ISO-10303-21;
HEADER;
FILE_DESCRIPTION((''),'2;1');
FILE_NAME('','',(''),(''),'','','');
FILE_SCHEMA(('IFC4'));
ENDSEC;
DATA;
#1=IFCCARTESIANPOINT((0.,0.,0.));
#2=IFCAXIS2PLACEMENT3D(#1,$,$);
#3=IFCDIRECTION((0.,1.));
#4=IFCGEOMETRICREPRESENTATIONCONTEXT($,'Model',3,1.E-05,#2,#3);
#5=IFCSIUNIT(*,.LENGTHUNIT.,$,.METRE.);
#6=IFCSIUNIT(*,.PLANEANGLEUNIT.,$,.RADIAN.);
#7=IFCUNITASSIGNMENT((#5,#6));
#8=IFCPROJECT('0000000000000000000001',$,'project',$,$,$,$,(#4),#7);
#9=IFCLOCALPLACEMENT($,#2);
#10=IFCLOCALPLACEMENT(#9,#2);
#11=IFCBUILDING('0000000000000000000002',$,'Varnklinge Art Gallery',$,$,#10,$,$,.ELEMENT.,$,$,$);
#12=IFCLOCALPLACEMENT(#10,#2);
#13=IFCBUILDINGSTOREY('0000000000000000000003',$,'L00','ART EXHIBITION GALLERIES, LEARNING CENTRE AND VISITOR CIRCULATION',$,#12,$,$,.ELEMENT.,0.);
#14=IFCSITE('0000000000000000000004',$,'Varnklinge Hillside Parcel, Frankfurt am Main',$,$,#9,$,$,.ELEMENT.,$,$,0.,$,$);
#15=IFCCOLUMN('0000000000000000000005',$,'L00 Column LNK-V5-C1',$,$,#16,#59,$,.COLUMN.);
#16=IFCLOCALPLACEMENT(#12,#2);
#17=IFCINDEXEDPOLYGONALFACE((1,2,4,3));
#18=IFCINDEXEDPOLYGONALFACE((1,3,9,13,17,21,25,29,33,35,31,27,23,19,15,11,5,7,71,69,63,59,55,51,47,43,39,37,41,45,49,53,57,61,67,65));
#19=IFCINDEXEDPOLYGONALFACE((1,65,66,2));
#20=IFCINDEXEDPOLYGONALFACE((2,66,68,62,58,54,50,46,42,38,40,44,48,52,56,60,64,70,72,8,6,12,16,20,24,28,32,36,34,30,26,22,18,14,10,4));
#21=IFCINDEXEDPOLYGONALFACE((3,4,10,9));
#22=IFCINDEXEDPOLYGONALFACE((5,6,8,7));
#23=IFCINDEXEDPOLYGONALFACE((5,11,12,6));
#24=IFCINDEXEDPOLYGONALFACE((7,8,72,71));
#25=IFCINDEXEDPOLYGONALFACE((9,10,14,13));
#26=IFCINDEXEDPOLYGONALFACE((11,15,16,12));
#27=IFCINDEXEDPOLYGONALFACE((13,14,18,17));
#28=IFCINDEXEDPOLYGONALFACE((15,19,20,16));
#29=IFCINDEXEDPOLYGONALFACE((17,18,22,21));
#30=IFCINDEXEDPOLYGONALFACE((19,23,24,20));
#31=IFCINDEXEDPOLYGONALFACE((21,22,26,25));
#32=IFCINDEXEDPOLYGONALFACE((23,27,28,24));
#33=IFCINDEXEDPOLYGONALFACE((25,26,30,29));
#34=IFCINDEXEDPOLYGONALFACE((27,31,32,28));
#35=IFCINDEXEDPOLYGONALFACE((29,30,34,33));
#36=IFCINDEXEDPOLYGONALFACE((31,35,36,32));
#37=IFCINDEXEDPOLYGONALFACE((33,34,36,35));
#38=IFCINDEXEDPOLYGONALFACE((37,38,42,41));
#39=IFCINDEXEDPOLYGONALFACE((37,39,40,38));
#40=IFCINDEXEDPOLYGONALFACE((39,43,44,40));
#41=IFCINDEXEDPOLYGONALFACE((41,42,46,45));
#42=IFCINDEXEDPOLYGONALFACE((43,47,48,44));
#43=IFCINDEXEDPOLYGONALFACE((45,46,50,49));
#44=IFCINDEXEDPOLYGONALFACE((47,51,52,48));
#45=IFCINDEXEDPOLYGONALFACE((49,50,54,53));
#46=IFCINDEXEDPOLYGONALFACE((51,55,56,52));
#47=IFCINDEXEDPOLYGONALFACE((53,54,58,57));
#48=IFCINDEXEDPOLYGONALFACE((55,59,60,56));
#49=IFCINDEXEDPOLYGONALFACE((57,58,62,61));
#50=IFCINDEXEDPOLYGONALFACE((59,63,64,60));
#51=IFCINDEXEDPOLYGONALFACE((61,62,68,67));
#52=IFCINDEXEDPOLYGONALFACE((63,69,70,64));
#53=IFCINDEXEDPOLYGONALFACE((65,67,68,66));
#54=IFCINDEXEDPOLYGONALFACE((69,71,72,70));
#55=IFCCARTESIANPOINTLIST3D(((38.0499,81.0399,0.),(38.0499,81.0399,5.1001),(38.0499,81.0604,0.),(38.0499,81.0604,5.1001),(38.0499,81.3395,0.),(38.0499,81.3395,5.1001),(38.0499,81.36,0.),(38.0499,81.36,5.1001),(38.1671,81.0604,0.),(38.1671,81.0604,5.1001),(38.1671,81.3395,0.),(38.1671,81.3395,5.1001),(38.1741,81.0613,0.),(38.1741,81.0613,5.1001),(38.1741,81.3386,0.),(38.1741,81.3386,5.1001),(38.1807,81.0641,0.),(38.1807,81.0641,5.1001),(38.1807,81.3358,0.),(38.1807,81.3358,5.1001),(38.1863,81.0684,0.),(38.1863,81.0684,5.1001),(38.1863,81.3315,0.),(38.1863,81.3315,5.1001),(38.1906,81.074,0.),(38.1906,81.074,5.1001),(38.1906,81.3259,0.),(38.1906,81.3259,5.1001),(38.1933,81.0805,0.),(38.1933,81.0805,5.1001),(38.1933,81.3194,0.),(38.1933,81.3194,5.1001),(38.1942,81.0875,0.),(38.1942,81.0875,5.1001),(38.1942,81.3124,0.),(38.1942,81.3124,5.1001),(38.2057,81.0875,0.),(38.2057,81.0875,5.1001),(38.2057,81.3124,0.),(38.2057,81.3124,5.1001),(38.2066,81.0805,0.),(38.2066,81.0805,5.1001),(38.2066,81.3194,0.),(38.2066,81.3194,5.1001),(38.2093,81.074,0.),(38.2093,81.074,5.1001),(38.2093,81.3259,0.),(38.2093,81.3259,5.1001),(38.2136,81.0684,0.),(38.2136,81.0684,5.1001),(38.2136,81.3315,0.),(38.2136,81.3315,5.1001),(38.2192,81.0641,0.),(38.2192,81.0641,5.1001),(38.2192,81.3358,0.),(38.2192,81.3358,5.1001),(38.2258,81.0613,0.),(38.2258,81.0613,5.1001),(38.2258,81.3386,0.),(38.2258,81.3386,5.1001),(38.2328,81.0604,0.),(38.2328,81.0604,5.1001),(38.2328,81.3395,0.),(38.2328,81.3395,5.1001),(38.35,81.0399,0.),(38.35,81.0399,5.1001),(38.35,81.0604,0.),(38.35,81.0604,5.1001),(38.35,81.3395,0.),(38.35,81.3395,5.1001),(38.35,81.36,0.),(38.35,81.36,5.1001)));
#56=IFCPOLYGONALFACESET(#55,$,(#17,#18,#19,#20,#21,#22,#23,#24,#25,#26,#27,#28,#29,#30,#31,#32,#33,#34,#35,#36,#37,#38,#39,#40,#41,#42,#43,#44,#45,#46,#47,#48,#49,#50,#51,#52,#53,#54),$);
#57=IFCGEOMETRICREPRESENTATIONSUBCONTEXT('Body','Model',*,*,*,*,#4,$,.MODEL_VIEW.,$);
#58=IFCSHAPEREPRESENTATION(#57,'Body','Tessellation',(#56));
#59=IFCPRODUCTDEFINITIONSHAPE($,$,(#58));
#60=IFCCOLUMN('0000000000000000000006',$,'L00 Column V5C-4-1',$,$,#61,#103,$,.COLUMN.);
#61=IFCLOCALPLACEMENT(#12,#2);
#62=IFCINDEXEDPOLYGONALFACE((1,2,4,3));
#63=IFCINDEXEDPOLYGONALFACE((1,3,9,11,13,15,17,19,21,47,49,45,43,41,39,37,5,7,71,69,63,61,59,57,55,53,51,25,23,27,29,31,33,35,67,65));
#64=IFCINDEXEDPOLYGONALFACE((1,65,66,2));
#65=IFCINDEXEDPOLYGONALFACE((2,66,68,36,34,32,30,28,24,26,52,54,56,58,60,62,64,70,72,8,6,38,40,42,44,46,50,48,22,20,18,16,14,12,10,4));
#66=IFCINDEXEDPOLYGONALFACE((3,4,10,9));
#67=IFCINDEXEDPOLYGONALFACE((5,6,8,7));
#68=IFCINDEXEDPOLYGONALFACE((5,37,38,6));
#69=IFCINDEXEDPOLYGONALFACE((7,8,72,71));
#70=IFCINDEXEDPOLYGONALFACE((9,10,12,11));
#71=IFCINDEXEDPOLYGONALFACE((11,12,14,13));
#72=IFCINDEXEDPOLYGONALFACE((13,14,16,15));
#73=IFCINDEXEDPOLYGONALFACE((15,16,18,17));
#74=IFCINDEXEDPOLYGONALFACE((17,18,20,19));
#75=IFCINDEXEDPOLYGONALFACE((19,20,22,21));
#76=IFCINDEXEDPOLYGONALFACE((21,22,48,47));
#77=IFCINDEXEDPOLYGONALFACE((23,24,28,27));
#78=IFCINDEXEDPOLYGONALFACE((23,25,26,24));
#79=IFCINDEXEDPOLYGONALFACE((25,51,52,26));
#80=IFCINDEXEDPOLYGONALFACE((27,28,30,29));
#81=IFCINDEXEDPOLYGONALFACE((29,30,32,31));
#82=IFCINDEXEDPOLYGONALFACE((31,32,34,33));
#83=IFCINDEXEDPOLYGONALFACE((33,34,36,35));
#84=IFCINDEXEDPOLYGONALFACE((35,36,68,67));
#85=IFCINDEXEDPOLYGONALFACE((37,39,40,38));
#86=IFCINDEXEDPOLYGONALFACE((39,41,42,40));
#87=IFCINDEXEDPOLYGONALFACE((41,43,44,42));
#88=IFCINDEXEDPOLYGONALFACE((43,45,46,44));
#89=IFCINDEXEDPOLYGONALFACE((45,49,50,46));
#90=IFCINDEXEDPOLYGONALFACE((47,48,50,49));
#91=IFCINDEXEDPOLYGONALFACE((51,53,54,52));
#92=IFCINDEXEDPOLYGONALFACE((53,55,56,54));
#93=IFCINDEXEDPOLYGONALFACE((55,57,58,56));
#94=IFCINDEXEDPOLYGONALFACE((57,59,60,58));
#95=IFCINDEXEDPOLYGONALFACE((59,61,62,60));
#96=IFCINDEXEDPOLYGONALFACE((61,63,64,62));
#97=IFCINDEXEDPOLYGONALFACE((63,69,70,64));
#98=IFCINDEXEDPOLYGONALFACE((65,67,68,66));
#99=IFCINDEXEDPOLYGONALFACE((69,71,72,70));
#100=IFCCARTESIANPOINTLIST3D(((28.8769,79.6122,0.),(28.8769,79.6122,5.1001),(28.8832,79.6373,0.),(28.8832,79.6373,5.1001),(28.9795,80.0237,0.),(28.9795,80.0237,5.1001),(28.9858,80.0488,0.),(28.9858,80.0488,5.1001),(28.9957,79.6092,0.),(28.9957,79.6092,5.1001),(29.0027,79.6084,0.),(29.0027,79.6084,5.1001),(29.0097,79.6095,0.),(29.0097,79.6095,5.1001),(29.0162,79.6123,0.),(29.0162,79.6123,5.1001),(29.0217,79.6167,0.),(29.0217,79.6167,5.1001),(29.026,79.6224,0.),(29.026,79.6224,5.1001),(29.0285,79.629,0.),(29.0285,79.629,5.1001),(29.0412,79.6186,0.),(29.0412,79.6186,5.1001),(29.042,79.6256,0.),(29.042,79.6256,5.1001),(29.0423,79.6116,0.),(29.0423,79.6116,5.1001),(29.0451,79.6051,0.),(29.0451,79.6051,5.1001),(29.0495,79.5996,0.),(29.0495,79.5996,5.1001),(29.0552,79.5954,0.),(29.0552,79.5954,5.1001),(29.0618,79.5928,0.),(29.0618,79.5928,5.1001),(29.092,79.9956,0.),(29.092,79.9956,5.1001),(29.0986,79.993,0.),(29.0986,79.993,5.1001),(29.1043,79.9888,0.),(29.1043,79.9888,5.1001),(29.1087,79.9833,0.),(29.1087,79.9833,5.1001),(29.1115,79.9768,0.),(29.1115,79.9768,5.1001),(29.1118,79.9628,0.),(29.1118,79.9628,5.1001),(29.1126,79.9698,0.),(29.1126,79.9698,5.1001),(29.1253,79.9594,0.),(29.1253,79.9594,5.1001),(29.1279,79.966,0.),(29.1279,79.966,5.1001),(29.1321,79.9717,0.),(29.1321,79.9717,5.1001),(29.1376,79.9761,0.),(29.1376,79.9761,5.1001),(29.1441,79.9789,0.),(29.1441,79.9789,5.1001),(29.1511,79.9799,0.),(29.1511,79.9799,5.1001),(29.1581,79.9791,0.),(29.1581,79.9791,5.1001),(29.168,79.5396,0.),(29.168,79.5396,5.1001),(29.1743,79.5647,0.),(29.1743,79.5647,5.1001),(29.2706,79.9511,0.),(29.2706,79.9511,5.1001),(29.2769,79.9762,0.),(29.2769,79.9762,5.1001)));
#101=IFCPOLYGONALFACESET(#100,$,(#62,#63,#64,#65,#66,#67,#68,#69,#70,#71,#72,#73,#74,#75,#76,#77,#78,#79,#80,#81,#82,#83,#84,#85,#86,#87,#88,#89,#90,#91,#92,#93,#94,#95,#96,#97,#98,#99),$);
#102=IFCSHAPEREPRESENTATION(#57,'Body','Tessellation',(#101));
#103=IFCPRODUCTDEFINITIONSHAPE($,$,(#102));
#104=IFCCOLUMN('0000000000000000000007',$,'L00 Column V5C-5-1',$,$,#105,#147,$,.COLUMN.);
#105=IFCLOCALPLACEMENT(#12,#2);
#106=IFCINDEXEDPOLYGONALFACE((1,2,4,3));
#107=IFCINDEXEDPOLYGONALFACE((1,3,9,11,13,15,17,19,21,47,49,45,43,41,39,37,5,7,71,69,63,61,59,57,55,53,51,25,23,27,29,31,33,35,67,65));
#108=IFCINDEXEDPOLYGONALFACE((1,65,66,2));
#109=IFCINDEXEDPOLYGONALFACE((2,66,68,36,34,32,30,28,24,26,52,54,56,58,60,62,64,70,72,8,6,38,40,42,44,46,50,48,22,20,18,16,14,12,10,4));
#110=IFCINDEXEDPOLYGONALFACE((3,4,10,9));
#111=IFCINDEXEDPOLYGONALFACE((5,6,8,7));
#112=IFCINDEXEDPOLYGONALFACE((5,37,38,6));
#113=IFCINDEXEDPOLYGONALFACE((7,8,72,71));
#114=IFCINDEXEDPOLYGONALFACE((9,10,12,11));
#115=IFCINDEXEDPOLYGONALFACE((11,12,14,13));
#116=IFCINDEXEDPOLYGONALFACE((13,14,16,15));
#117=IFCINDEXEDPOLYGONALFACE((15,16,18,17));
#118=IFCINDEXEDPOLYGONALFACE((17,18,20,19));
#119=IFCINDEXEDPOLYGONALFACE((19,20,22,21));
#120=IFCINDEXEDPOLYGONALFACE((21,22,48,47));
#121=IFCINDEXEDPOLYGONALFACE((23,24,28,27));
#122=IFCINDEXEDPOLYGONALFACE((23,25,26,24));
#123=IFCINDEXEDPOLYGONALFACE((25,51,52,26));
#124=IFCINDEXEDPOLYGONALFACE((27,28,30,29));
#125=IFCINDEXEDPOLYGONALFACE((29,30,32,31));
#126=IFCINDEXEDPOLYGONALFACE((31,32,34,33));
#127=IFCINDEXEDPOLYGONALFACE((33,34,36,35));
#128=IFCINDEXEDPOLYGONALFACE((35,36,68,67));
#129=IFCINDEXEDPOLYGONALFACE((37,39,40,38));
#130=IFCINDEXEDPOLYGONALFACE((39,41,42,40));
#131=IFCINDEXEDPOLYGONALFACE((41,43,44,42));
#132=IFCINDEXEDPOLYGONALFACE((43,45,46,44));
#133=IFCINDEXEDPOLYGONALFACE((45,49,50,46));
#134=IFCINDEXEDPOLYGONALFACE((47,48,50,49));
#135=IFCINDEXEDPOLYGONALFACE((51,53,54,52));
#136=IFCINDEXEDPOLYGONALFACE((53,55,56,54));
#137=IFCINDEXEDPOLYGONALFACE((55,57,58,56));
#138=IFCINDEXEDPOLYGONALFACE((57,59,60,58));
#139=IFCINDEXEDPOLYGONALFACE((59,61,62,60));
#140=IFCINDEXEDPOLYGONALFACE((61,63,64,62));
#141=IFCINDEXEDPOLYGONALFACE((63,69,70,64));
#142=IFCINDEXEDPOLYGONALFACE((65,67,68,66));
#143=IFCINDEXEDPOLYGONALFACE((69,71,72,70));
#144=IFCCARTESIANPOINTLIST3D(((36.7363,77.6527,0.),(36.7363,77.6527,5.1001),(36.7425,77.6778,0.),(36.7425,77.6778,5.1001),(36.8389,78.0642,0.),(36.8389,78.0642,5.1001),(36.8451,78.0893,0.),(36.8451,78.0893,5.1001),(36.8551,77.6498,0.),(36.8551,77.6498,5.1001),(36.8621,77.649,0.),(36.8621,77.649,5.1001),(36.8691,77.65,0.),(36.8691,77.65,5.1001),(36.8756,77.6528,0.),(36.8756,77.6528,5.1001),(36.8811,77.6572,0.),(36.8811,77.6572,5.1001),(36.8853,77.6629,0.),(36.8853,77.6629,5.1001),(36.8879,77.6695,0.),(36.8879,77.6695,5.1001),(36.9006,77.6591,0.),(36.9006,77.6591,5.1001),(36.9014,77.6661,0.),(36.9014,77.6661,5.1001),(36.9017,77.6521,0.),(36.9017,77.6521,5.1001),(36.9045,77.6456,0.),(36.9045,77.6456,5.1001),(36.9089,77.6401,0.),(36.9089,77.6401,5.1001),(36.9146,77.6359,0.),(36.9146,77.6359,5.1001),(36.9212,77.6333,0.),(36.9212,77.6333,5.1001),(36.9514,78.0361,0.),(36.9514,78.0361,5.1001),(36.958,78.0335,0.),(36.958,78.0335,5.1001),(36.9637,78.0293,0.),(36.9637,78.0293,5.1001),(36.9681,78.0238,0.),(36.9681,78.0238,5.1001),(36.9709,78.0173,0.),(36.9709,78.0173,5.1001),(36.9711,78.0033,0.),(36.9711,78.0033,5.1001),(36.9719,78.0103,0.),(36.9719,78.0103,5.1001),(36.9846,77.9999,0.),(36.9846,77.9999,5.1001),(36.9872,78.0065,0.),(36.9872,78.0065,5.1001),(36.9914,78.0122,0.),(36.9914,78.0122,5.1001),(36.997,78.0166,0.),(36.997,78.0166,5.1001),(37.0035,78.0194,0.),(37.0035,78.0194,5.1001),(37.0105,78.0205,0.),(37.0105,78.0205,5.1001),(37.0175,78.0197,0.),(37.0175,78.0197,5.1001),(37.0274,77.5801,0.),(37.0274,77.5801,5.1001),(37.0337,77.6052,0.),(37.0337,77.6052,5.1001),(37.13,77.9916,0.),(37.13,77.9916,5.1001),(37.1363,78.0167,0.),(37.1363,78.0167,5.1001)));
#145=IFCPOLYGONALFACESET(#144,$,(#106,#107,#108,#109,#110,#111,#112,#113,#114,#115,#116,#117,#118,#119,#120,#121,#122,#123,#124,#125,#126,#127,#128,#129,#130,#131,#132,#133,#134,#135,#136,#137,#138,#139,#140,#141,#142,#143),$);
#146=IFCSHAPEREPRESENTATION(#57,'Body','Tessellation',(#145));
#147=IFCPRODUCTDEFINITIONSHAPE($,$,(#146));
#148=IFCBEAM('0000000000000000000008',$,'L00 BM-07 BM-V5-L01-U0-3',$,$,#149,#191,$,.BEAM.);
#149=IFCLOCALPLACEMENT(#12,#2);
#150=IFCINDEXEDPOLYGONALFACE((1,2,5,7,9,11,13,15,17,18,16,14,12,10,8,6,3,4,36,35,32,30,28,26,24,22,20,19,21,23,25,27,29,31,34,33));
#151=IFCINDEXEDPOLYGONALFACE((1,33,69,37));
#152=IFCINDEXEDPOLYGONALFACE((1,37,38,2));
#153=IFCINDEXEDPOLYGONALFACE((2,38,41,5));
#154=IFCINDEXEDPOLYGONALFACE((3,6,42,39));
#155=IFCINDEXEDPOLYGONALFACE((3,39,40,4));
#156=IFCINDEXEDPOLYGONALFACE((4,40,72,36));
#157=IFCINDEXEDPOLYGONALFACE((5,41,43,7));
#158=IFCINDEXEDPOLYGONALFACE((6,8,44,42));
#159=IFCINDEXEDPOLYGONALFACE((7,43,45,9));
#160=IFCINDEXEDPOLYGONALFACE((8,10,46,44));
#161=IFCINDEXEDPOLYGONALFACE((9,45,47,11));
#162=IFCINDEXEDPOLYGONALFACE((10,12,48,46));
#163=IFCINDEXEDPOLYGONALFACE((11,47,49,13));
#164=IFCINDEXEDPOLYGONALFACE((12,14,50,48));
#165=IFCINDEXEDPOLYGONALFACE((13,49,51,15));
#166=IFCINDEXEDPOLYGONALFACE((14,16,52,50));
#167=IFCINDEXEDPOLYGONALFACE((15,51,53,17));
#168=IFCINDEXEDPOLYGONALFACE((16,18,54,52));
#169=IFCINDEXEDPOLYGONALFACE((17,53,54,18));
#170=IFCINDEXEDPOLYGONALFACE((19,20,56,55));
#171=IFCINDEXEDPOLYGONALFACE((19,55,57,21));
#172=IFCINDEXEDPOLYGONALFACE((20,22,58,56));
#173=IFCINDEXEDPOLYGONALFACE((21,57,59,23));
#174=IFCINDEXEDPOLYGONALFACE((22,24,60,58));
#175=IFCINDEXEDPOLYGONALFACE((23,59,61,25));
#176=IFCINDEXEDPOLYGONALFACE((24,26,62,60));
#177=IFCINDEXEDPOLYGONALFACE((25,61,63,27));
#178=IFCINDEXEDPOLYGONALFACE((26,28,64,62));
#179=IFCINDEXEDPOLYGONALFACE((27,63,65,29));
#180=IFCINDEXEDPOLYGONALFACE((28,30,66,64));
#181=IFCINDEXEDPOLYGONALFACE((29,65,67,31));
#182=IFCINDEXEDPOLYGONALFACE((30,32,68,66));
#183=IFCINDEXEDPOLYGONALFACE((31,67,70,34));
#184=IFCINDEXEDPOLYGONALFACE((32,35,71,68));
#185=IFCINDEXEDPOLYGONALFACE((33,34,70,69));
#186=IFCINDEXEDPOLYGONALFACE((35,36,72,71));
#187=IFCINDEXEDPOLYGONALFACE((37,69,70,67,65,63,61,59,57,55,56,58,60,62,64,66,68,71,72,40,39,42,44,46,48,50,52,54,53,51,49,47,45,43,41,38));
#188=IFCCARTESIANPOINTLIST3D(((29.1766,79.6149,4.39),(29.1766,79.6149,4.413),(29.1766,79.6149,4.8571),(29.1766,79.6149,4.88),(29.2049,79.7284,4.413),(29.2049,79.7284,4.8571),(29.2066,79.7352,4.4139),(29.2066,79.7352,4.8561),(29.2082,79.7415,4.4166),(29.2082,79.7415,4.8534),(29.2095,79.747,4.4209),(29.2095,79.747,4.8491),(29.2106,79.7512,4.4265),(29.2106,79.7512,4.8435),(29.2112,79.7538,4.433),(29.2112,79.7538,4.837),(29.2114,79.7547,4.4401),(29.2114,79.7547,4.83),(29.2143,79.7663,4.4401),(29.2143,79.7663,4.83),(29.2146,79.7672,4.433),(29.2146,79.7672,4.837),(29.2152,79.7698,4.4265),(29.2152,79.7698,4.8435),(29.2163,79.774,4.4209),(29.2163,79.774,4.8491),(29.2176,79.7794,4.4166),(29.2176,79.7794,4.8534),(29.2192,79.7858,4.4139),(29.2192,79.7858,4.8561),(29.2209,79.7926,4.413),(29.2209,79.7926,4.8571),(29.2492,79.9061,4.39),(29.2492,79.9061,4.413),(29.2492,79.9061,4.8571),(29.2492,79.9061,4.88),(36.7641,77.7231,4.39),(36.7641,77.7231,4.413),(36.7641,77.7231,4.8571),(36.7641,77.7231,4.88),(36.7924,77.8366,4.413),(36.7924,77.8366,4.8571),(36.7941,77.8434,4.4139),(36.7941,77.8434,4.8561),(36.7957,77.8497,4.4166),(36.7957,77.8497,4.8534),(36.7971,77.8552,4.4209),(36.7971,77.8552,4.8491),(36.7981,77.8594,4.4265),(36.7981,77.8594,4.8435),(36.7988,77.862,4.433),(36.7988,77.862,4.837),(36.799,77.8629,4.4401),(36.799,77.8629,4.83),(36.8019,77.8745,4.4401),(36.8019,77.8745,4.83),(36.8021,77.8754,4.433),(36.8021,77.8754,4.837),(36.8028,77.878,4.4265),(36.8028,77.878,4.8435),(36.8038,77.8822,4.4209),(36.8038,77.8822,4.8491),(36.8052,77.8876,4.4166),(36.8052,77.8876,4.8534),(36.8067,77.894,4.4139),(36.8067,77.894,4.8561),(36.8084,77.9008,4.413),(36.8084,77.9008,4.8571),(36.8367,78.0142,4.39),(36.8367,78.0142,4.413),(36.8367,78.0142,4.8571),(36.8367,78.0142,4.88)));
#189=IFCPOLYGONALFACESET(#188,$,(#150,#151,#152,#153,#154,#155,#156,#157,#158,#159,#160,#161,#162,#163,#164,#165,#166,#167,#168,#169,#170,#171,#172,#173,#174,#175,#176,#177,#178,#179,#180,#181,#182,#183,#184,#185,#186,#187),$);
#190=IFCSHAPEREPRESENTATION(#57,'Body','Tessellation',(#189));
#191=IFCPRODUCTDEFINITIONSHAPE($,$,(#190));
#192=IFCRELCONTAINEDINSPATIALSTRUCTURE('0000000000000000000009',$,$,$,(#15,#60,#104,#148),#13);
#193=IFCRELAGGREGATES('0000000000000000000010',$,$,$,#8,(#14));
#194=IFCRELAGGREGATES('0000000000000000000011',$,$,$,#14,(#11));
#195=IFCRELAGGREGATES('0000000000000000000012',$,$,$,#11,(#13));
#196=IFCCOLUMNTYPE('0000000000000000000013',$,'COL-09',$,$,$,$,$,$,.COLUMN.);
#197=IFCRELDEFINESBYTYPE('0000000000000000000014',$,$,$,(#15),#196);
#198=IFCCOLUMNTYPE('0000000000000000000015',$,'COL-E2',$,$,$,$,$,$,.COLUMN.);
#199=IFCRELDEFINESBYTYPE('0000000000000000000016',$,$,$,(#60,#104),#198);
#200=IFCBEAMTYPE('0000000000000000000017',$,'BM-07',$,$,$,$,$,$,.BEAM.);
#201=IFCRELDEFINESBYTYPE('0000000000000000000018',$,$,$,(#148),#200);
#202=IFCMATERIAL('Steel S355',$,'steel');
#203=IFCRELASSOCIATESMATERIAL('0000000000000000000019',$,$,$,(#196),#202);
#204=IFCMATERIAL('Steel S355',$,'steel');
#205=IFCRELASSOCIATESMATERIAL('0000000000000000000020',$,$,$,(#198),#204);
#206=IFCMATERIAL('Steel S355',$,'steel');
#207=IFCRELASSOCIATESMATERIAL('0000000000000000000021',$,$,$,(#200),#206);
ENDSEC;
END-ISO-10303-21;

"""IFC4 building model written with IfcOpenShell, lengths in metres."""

from ifc_helpers import new_model, si_unit, direction, frame, origin, origin_2d, place, context, subcontext, project, spatial, i_section, extrude, material, material_profile, profile_set, type_object, element, save


model = new_model("IFC4")

# Units and contexts
model_context = context("Model", 3, precision=1e-05, world=origin(), true_north=direction((0.0, 1.0)))
body_context = subcontext(model_context, "Body", "Model", "MODEL_VIEW")
ifc_project = project(units=[si_unit("LENGTHUNIT", "METRE"), si_unit("PLANEANGLEUNIT", "RADIAN")], contexts=[model_context])

# Site, building, storey
site_placement = place(None, origin())
site = spatial("IfcSite", under=ifc_project, at=site_placement, Name="Varnklinge Hillside Parcel, Frankfurt am Main", CompositionType="ELEMENT", RefElevation=0.0)
building_placement = place(site_placement, origin())
building = spatial("IfcBuilding", under=site, at=building_placement, Name="Varnklinge Art Gallery", CompositionType="ELEMENT")
storey_placement = place(building_placement, origin())
storey = spatial("IfcBuildingStorey", under=building, at=storey_placement, Name="L00", Description="ART EXHIBITION GALLERIES, LEARNING CENTRE AND VISITOR CIRCULATION", CompositionType="ELEMENT", Elevation=0.0)

# Columns
ifc_material_1 = material(Name="Steel S355", Category="steel")
ifc_material_profile_1 = material_profile(ifc_material_1, i_section(OverallWidth=0.3, OverallDepth=0.3201, WebThickness=0.0115, FlangeThickness=0.0205, FilletRadius=0.0271, at=origin_2d()), Name="HEB 320")
ifc_profile_set_1 = profile_set([ifc_material_profile_1], Name="Steel S355")
column_type_1 = type_object("IfcColumnType", Name="COL-09", PredefinedType="COLUMN", material=ifc_profile_set_1)
column_placement = place(storey_placement, frame((38.2, 81.2, 0.0), z_axis=(0.0, 0.0, 1.0), x_axis=(1.0, 0.0, 0.0)))
element("IfcColumn", 1, at=column_placement, inside=storey, type_object=column_type_1, Name="L00 Column LNK-V5-C1", PredefinedType="COLUMN", context=body_context, shape_type="SweptSolid", body=[
    extrude(i_section(OverallWidth=0.3, OverallDepth=0.3201, WebThickness=0.0115, FlangeThickness=0.0205, FilletRadius=0.0271, at=origin_2d()), origin(), (0.0, 0.0, 1.0), 5.1001),
])
ifc_material_2 = material(Name="Steel S355", Category="steel")
ifc_material_profile_2 = material_profile(ifc_material_2, i_section(OverallWidth=0.3, OverallDepth=0.45, WebThickness=0.0139, FlangeThickness=0.0259, FilletRadius=0.0271, at=origin_2d()), Name="HEB 450")
ifc_profile_set_2 = profile_set([ifc_material_profile_2], Name="Steel S355")
column_type_2 = type_object("IfcColumnType", Name="COL-E2", PredefinedType="COLUMN", material=ifc_profile_set_2)
for number, where, z_axis, x_axis, name in (
    (2, (29.0769, 79.7942, 0.0), (0.0, 0.0, 1.0), (0.970296, -0.241922, 0.0), "L00 Column V5C-4-1"),
    (3, (36.9363, 77.8347, 0.0), (0.0, 0.0, 1.0), (0.970296, -0.241922, 0.0), "L00 Column V5C-5-1"),
):
    element("IfcColumn", number, at=place(storey_placement, frame(where, z_axis=z_axis, x_axis=x_axis)), inside=storey, type_object=column_type_2, Name=name, PredefinedType="COLUMN", context=body_context, shape_type="SweptSolid", body=[
        extrude(i_section(OverallWidth=0.3, OverallDepth=0.45, WebThickness=0.0139, FlangeThickness=0.0259, FilletRadius=0.0271, at=origin_2d()), origin(), (0.0, 0.0, 1.0), 5.1001),
    ])

# Beam
ifc_material_3 = material(Name="Steel S355", Category="steel")
ifc_material_profile_3 = material_profile(ifc_material_3, i_section(OverallWidth=0.3, OverallDepth=0.49, WebThickness=0.012, FlangeThickness=0.0229, FilletRadius=0.0271, at=origin_2d()), Name="HEA 500")
ifc_profile_set_3 = profile_set([ifc_material_profile_3], Name="Steel S355")
beam_type_1 = type_object("IfcBeamType", Name="BM-07", PredefinedType="BEAM", material=ifc_profile_set_3)
beam_1_placement = place(storey_placement, frame((29.2129, 79.7605, 4.635), z_axis=(0.970295, -0.241926, 0.0), x_axis=(0.241926, 0.970295, 0.0)))
element("IfcBeam", 4, at=beam_1_placement, inside=storey, type_object=beam_type_1, Name="L00 BM-07 BM-V5-L01-U0-3", PredefinedType="BEAM", context=body_context, shape_type="SweptSolid", body=[
    extrude(i_section(OverallWidth=0.3, OverallDepth=0.49, WebThickness=0.012, FlangeThickness=0.0229, FilletRadius=0.0271, at=origin_2d()), origin(), (0.0, 0.0, 1.0), 7.8198),
])

save(model, "model.ifc")
